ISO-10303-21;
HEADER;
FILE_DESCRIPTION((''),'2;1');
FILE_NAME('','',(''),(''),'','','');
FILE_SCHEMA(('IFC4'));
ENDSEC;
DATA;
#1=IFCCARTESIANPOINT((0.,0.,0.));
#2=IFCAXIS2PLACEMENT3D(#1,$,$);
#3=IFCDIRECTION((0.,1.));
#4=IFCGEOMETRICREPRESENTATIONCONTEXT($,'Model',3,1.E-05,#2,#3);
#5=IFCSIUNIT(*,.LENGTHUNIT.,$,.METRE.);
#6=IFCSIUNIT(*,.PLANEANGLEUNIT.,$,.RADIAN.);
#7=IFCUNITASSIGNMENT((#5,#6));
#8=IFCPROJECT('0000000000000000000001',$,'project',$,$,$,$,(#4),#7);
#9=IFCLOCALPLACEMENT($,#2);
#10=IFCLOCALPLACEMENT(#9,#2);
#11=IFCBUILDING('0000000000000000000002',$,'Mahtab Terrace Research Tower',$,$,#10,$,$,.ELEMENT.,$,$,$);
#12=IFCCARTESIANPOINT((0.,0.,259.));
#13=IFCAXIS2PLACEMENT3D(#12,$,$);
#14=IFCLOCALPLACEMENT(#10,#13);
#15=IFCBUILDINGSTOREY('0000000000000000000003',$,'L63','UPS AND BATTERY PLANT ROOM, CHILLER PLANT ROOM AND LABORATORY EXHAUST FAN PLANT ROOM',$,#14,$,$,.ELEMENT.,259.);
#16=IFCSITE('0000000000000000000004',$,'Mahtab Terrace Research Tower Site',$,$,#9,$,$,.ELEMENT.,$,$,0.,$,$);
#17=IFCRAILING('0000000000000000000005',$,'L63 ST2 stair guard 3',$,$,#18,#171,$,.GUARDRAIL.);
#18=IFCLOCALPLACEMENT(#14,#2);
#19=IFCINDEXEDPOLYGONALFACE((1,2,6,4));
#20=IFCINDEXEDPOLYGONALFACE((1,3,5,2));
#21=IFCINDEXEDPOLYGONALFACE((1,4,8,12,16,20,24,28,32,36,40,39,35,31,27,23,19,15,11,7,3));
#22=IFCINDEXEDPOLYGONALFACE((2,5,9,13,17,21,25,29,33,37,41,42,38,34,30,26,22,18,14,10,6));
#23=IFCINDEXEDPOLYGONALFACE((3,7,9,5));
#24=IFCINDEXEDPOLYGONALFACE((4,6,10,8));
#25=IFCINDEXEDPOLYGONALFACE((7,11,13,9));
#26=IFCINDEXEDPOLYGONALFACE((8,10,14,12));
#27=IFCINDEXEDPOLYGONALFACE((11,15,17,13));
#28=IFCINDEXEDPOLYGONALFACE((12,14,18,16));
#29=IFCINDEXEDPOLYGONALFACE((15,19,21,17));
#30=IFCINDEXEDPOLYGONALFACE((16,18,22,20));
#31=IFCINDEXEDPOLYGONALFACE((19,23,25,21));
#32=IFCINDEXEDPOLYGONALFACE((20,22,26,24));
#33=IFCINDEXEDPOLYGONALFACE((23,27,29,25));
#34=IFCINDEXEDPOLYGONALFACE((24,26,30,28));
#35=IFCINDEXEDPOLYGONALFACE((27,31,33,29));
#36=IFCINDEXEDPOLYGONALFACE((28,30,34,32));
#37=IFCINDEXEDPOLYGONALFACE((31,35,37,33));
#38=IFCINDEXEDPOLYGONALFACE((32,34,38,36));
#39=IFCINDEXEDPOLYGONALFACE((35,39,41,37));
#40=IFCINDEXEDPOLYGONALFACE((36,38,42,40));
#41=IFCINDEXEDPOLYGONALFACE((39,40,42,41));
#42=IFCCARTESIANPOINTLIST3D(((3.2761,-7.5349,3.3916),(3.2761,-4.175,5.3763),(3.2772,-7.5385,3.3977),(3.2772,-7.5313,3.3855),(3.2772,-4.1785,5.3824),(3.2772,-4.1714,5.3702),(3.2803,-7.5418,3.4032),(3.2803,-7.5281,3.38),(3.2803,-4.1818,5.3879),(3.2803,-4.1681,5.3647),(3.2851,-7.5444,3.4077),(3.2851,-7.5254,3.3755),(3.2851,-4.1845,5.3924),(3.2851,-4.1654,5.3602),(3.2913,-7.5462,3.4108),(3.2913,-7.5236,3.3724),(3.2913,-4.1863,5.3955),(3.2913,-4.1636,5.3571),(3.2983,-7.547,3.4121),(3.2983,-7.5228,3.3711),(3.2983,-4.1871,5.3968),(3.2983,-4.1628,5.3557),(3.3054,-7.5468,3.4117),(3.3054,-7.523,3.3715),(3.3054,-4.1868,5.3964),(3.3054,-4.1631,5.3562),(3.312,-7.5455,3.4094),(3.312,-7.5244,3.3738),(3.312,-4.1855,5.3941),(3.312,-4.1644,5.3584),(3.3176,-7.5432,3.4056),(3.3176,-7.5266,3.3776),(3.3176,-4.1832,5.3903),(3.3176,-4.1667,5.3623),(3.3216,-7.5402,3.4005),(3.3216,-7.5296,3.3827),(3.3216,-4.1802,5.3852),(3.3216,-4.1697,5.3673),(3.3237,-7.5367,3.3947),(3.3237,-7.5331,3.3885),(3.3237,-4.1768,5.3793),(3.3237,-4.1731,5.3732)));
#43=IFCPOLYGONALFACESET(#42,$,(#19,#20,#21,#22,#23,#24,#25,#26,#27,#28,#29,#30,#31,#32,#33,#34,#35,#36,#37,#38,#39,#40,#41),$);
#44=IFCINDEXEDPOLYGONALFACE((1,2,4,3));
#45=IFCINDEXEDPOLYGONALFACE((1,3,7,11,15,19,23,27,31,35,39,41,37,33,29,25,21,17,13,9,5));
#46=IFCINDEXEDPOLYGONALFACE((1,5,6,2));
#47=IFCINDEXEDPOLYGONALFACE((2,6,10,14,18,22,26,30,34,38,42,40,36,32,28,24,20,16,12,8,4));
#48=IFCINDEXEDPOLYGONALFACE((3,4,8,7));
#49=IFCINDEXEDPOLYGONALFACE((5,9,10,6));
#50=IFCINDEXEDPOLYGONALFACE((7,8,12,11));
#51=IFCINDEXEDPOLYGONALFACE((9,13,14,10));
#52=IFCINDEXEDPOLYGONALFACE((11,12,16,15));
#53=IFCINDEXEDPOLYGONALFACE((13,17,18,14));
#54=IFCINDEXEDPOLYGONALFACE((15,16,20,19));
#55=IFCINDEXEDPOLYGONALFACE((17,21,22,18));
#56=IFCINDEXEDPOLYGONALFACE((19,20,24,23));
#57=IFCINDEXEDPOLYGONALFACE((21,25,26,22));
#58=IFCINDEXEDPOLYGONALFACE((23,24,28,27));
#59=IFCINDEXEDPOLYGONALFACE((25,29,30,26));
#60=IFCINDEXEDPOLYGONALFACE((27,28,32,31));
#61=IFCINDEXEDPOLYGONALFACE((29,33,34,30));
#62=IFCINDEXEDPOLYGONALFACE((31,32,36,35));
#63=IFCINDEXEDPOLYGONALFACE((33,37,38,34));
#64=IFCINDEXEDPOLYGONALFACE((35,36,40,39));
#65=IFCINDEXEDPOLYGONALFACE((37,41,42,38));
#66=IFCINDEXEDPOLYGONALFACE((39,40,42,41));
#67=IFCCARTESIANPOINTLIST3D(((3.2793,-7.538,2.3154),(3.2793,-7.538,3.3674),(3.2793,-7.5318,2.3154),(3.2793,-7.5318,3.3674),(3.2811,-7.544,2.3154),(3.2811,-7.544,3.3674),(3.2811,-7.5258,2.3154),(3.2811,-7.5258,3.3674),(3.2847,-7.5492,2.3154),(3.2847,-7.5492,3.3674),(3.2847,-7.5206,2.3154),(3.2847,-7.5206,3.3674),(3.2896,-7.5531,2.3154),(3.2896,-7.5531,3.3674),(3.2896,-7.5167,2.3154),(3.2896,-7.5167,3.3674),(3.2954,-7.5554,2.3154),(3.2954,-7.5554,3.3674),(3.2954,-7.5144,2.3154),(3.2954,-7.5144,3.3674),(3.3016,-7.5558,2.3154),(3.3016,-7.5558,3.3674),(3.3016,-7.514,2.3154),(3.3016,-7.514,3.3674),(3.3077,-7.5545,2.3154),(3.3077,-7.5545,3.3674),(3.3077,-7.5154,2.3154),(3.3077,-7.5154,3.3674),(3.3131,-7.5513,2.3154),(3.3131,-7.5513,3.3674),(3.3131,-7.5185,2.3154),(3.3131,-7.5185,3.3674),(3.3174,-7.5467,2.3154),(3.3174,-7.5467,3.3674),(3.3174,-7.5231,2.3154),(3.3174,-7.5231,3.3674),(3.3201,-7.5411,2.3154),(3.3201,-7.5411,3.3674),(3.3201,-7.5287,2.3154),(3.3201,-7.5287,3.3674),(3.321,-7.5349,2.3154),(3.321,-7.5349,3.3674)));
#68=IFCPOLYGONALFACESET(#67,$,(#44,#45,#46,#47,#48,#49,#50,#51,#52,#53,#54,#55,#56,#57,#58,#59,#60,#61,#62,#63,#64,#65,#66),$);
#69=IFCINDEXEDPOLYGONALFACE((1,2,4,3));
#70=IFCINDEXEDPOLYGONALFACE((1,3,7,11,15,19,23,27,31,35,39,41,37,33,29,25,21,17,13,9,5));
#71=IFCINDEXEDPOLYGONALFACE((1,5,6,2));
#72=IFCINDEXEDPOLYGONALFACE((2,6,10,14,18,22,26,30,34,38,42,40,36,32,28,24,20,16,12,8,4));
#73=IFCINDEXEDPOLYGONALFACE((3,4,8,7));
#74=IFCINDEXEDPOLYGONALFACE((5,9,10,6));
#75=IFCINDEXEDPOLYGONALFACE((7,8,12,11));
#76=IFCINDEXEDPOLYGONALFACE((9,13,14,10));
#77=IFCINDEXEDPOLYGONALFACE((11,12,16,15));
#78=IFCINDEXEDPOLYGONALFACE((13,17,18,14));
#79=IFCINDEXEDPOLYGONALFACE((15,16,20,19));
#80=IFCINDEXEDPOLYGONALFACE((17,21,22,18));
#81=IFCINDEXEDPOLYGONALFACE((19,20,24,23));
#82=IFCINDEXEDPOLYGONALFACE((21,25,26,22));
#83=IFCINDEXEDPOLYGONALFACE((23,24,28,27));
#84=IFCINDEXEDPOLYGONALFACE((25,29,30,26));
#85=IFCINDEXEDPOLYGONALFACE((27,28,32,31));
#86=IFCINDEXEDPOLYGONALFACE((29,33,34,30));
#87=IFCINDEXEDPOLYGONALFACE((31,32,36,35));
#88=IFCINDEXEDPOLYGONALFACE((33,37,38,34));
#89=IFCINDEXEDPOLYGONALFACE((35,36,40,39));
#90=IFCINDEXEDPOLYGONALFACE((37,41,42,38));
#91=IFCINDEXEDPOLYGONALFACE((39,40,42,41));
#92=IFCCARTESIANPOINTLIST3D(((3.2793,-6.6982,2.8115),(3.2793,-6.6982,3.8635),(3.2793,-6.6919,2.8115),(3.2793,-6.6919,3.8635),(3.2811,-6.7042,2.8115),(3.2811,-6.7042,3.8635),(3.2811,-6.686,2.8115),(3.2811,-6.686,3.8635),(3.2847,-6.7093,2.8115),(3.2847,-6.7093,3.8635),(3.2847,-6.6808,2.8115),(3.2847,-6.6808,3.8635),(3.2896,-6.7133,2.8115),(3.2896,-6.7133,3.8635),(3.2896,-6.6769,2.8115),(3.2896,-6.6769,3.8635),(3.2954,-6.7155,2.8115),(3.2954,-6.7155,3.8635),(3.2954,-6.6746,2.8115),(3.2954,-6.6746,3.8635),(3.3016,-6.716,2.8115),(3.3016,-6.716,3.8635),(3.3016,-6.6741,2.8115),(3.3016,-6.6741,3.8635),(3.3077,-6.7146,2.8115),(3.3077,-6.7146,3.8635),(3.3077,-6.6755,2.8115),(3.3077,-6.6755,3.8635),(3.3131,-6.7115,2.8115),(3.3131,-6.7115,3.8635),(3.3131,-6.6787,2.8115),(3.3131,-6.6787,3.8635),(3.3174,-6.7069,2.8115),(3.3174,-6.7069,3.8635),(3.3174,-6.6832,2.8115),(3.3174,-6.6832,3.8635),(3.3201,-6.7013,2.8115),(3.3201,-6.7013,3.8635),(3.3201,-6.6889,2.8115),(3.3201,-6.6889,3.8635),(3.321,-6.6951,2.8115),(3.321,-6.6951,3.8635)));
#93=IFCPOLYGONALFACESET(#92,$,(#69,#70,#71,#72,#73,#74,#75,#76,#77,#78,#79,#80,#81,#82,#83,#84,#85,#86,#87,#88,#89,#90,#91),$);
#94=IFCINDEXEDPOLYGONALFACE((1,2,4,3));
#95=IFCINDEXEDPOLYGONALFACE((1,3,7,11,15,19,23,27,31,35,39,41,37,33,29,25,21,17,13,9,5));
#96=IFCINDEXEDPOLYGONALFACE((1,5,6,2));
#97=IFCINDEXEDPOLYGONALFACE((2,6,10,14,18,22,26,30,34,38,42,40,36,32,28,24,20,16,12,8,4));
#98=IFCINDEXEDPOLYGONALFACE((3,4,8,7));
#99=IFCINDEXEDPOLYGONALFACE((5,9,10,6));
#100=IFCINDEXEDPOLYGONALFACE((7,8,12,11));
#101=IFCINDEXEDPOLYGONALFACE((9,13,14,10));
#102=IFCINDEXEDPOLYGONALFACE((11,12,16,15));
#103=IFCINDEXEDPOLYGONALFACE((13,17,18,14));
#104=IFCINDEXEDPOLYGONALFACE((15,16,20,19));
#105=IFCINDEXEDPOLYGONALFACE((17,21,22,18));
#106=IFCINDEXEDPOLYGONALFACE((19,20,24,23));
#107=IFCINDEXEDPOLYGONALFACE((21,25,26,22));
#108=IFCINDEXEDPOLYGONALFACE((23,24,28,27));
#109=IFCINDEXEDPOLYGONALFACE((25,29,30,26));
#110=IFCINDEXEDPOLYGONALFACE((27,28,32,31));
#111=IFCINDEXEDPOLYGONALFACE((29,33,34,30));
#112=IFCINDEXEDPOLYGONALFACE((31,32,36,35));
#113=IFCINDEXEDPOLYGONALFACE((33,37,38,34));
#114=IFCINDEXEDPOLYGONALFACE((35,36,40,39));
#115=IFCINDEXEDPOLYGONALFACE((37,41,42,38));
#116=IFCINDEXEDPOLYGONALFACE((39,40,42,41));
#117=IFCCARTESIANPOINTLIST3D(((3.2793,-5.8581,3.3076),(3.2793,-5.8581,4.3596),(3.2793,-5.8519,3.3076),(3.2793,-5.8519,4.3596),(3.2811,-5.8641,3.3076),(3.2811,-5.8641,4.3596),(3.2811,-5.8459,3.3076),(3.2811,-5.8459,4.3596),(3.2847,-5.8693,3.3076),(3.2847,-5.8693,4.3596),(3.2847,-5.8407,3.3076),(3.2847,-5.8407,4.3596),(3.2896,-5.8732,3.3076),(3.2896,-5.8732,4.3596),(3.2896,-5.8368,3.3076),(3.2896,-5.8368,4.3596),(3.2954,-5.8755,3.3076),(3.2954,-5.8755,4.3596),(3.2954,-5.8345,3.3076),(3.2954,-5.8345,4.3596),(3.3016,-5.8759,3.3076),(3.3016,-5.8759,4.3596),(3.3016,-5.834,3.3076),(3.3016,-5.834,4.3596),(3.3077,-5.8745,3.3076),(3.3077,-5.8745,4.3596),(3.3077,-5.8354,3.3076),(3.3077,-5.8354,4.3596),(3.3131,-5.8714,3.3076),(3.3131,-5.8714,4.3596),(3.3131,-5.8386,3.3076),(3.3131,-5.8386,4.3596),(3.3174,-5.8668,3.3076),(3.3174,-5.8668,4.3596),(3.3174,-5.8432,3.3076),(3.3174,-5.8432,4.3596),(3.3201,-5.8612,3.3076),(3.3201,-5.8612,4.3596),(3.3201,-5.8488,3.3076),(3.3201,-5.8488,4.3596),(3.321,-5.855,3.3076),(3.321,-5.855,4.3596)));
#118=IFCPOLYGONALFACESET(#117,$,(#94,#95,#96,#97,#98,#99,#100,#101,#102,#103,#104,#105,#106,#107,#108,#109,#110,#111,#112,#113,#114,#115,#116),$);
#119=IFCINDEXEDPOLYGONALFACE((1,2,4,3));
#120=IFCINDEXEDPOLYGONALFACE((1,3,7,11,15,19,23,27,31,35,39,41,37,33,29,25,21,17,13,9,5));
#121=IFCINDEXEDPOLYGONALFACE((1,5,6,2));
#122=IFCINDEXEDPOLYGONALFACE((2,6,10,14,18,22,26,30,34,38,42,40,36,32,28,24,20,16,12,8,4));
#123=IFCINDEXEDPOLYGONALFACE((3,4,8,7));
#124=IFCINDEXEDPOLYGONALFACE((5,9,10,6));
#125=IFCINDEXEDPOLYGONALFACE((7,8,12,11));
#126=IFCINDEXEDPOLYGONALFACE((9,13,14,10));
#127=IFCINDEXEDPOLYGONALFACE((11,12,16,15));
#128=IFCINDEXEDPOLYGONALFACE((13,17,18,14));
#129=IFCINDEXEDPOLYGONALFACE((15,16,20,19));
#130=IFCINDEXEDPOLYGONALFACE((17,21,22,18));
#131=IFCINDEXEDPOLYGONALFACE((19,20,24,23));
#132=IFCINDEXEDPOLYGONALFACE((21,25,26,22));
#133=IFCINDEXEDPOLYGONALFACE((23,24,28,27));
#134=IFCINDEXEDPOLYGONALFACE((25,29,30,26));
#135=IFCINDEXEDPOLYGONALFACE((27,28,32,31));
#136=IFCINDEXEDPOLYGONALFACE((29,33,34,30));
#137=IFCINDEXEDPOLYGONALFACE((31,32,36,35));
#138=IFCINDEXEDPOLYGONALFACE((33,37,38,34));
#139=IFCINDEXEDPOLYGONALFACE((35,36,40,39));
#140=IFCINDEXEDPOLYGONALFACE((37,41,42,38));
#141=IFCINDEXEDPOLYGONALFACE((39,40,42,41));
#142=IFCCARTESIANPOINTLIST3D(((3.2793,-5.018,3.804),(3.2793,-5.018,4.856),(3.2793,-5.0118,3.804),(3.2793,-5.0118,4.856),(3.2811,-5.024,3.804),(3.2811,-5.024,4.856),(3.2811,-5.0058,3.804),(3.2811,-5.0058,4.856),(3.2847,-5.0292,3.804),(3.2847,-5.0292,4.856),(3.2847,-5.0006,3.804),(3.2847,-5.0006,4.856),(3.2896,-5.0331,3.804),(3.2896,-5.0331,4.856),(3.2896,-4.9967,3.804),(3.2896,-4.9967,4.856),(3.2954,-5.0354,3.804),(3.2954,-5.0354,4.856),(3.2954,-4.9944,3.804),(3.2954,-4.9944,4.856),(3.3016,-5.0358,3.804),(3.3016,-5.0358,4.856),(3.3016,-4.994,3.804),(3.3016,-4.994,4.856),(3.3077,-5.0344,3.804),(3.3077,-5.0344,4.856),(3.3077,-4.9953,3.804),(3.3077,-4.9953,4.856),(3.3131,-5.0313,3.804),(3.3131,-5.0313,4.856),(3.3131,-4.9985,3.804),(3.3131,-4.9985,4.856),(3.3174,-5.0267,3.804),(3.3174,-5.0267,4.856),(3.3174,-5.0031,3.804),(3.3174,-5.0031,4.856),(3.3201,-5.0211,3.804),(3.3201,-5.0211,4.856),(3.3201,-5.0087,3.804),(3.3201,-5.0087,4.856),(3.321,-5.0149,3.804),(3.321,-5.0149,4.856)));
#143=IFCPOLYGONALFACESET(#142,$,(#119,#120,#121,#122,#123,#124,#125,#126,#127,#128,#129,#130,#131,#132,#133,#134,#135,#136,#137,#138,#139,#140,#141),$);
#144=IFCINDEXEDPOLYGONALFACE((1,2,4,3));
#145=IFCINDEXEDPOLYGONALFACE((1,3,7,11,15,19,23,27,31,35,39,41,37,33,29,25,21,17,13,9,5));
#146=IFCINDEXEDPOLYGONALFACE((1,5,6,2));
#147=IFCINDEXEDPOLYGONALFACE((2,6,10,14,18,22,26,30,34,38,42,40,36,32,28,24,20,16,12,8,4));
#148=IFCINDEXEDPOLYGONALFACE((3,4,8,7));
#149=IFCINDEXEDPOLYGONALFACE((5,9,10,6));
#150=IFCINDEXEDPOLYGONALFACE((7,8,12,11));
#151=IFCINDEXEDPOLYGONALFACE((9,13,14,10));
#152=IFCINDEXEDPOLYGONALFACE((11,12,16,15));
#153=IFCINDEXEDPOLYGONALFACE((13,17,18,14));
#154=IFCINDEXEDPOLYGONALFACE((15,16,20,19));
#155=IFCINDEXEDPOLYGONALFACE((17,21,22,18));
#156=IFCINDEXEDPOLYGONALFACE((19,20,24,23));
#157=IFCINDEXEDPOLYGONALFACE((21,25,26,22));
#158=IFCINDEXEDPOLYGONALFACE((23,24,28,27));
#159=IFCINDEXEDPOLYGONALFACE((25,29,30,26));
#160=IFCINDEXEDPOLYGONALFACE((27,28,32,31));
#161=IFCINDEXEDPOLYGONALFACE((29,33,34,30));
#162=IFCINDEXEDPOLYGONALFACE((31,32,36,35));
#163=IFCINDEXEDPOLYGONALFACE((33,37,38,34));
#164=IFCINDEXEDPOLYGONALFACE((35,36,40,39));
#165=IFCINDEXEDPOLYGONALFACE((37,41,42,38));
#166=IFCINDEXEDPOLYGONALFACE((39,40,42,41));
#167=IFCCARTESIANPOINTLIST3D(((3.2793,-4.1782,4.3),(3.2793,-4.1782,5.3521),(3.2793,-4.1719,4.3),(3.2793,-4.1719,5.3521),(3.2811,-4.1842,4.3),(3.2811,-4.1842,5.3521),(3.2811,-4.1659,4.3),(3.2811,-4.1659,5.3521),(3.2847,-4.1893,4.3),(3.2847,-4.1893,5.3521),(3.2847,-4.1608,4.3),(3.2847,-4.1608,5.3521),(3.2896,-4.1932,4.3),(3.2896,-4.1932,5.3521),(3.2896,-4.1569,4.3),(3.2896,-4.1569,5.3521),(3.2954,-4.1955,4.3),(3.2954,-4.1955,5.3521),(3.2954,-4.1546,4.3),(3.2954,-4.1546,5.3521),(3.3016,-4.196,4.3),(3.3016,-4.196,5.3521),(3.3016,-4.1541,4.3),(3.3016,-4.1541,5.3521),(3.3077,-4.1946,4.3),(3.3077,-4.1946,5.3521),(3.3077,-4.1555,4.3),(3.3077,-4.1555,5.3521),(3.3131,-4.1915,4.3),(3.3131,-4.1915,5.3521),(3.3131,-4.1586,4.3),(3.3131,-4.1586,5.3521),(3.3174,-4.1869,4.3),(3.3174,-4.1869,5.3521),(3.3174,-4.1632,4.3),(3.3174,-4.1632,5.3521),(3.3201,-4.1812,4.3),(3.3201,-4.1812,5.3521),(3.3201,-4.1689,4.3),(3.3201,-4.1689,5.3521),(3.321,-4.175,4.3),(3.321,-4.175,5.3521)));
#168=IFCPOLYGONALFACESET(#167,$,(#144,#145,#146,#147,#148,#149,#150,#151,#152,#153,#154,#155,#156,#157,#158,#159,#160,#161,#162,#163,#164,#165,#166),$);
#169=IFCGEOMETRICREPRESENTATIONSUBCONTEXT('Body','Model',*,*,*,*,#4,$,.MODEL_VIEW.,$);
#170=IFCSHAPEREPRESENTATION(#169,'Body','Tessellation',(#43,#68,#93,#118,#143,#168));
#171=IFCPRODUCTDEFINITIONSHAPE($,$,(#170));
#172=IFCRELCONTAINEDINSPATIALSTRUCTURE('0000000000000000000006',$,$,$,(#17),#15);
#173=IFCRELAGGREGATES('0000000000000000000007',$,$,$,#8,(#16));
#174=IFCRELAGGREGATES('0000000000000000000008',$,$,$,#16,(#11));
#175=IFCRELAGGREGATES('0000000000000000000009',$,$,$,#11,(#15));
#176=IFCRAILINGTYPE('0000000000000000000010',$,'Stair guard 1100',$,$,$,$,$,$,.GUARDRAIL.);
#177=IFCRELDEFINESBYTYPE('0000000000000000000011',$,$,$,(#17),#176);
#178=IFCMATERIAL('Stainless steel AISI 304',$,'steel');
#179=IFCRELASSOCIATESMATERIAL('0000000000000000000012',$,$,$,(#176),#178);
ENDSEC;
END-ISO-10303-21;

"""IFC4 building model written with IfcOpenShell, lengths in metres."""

from ifc_helpers import new_model, si_unit, direction, frame, origin, origin_2d, place, context, subcontext, project, spatial, circle, extrude, material, type_object, element, save


model = new_model("IFC4")

# Units and contexts
model_context = context("Model", 3, precision=1e-05, world=origin(), true_north=direction((0.0, 1.0)))
body_context = subcontext(model_context, "Body", "Model", "MODEL_VIEW")
ifc_project = project(units=[si_unit("LENGTHUNIT", "METRE"), si_unit("PLANEANGLEUNIT", "RADIAN")], contexts=[model_context])

# Site, building, storey
site_placement = place(None, origin())
site = spatial("IfcSite", under=ifc_project, at=site_placement, Name="Mahtab Terrace Research Tower Site", CompositionType="ELEMENT", RefElevation=0.0)
building_placement = place(site_placement, origin())
building = spatial("IfcBuilding", under=site, at=building_placement, Name="Mahtab Terrace Research Tower", CompositionType="ELEMENT")
storey_placement = place(building_placement, frame((0.0, 0.0, 259.0)))
storey = spatial("IfcBuildingStorey", under=building, at=storey_placement, Name="L63", Description="UPS AND BATTERY PLANT ROOM, CHILLER PLANT ROOM AND LABORATORY EXHAUST FAN PLANT ROOM", CompositionType="ELEMENT", Elevation=259.0)

# Railing
ifc_material_1 = material(Name="Stainless steel AISI 304", Category="steel")
railing_type_1 = type_object("IfcRailingType", Name="Stair guard 1100", PredefinedType="GUARDRAIL", material=ifc_material_1)
railing_1_placement = place(storey_placement, frame((3.3, -7.5349, 2.3154)))
element("IfcRailing", 1, at=railing_1_placement, inside=storey, type_object=railing_type_1, Name="L63 ST2 stair guard 3", PredefinedType="GUARDRAIL", context=body_context, shape_type="SweptSolid", body=[
    extrude(circle(Radius=0.0239, at=origin_2d()), frame((0.0, 0.0, 1.0762), z_axis=(0.0, 0.861011, 0.508586), x_axis=(-1.0, 0.0, 0.0)), (0.0, 0.0, 1.0), 3.9023),
    extrude(circle(Radius=0.021, at=origin_2d()), origin(), (0.0, 0.0, 1.0), 1.052),
    extrude(circle(Radius=0.021, at=origin_2d()), frame((0.0, 0.8398, 0.4961)), (0.0, 0.0, 1.0), 1.052),
    extrude(circle(Radius=0.021, at=origin_2d()), frame((0.0, 1.6799, 0.9922)), (0.0, 0.0, 1.0), 1.052),
    extrude(circle(Radius=0.021, at=origin_2d()), frame((0.0, 2.52, 1.4885)), (0.0, 0.0, 1.0), 1.052),
    extrude(circle(Radius=0.021, at=origin_2d()), frame((0.0, 3.3599, 1.9846)), (0.0, 0.0, 1.0), 1.052),
])

save(model, "model.ifc")
